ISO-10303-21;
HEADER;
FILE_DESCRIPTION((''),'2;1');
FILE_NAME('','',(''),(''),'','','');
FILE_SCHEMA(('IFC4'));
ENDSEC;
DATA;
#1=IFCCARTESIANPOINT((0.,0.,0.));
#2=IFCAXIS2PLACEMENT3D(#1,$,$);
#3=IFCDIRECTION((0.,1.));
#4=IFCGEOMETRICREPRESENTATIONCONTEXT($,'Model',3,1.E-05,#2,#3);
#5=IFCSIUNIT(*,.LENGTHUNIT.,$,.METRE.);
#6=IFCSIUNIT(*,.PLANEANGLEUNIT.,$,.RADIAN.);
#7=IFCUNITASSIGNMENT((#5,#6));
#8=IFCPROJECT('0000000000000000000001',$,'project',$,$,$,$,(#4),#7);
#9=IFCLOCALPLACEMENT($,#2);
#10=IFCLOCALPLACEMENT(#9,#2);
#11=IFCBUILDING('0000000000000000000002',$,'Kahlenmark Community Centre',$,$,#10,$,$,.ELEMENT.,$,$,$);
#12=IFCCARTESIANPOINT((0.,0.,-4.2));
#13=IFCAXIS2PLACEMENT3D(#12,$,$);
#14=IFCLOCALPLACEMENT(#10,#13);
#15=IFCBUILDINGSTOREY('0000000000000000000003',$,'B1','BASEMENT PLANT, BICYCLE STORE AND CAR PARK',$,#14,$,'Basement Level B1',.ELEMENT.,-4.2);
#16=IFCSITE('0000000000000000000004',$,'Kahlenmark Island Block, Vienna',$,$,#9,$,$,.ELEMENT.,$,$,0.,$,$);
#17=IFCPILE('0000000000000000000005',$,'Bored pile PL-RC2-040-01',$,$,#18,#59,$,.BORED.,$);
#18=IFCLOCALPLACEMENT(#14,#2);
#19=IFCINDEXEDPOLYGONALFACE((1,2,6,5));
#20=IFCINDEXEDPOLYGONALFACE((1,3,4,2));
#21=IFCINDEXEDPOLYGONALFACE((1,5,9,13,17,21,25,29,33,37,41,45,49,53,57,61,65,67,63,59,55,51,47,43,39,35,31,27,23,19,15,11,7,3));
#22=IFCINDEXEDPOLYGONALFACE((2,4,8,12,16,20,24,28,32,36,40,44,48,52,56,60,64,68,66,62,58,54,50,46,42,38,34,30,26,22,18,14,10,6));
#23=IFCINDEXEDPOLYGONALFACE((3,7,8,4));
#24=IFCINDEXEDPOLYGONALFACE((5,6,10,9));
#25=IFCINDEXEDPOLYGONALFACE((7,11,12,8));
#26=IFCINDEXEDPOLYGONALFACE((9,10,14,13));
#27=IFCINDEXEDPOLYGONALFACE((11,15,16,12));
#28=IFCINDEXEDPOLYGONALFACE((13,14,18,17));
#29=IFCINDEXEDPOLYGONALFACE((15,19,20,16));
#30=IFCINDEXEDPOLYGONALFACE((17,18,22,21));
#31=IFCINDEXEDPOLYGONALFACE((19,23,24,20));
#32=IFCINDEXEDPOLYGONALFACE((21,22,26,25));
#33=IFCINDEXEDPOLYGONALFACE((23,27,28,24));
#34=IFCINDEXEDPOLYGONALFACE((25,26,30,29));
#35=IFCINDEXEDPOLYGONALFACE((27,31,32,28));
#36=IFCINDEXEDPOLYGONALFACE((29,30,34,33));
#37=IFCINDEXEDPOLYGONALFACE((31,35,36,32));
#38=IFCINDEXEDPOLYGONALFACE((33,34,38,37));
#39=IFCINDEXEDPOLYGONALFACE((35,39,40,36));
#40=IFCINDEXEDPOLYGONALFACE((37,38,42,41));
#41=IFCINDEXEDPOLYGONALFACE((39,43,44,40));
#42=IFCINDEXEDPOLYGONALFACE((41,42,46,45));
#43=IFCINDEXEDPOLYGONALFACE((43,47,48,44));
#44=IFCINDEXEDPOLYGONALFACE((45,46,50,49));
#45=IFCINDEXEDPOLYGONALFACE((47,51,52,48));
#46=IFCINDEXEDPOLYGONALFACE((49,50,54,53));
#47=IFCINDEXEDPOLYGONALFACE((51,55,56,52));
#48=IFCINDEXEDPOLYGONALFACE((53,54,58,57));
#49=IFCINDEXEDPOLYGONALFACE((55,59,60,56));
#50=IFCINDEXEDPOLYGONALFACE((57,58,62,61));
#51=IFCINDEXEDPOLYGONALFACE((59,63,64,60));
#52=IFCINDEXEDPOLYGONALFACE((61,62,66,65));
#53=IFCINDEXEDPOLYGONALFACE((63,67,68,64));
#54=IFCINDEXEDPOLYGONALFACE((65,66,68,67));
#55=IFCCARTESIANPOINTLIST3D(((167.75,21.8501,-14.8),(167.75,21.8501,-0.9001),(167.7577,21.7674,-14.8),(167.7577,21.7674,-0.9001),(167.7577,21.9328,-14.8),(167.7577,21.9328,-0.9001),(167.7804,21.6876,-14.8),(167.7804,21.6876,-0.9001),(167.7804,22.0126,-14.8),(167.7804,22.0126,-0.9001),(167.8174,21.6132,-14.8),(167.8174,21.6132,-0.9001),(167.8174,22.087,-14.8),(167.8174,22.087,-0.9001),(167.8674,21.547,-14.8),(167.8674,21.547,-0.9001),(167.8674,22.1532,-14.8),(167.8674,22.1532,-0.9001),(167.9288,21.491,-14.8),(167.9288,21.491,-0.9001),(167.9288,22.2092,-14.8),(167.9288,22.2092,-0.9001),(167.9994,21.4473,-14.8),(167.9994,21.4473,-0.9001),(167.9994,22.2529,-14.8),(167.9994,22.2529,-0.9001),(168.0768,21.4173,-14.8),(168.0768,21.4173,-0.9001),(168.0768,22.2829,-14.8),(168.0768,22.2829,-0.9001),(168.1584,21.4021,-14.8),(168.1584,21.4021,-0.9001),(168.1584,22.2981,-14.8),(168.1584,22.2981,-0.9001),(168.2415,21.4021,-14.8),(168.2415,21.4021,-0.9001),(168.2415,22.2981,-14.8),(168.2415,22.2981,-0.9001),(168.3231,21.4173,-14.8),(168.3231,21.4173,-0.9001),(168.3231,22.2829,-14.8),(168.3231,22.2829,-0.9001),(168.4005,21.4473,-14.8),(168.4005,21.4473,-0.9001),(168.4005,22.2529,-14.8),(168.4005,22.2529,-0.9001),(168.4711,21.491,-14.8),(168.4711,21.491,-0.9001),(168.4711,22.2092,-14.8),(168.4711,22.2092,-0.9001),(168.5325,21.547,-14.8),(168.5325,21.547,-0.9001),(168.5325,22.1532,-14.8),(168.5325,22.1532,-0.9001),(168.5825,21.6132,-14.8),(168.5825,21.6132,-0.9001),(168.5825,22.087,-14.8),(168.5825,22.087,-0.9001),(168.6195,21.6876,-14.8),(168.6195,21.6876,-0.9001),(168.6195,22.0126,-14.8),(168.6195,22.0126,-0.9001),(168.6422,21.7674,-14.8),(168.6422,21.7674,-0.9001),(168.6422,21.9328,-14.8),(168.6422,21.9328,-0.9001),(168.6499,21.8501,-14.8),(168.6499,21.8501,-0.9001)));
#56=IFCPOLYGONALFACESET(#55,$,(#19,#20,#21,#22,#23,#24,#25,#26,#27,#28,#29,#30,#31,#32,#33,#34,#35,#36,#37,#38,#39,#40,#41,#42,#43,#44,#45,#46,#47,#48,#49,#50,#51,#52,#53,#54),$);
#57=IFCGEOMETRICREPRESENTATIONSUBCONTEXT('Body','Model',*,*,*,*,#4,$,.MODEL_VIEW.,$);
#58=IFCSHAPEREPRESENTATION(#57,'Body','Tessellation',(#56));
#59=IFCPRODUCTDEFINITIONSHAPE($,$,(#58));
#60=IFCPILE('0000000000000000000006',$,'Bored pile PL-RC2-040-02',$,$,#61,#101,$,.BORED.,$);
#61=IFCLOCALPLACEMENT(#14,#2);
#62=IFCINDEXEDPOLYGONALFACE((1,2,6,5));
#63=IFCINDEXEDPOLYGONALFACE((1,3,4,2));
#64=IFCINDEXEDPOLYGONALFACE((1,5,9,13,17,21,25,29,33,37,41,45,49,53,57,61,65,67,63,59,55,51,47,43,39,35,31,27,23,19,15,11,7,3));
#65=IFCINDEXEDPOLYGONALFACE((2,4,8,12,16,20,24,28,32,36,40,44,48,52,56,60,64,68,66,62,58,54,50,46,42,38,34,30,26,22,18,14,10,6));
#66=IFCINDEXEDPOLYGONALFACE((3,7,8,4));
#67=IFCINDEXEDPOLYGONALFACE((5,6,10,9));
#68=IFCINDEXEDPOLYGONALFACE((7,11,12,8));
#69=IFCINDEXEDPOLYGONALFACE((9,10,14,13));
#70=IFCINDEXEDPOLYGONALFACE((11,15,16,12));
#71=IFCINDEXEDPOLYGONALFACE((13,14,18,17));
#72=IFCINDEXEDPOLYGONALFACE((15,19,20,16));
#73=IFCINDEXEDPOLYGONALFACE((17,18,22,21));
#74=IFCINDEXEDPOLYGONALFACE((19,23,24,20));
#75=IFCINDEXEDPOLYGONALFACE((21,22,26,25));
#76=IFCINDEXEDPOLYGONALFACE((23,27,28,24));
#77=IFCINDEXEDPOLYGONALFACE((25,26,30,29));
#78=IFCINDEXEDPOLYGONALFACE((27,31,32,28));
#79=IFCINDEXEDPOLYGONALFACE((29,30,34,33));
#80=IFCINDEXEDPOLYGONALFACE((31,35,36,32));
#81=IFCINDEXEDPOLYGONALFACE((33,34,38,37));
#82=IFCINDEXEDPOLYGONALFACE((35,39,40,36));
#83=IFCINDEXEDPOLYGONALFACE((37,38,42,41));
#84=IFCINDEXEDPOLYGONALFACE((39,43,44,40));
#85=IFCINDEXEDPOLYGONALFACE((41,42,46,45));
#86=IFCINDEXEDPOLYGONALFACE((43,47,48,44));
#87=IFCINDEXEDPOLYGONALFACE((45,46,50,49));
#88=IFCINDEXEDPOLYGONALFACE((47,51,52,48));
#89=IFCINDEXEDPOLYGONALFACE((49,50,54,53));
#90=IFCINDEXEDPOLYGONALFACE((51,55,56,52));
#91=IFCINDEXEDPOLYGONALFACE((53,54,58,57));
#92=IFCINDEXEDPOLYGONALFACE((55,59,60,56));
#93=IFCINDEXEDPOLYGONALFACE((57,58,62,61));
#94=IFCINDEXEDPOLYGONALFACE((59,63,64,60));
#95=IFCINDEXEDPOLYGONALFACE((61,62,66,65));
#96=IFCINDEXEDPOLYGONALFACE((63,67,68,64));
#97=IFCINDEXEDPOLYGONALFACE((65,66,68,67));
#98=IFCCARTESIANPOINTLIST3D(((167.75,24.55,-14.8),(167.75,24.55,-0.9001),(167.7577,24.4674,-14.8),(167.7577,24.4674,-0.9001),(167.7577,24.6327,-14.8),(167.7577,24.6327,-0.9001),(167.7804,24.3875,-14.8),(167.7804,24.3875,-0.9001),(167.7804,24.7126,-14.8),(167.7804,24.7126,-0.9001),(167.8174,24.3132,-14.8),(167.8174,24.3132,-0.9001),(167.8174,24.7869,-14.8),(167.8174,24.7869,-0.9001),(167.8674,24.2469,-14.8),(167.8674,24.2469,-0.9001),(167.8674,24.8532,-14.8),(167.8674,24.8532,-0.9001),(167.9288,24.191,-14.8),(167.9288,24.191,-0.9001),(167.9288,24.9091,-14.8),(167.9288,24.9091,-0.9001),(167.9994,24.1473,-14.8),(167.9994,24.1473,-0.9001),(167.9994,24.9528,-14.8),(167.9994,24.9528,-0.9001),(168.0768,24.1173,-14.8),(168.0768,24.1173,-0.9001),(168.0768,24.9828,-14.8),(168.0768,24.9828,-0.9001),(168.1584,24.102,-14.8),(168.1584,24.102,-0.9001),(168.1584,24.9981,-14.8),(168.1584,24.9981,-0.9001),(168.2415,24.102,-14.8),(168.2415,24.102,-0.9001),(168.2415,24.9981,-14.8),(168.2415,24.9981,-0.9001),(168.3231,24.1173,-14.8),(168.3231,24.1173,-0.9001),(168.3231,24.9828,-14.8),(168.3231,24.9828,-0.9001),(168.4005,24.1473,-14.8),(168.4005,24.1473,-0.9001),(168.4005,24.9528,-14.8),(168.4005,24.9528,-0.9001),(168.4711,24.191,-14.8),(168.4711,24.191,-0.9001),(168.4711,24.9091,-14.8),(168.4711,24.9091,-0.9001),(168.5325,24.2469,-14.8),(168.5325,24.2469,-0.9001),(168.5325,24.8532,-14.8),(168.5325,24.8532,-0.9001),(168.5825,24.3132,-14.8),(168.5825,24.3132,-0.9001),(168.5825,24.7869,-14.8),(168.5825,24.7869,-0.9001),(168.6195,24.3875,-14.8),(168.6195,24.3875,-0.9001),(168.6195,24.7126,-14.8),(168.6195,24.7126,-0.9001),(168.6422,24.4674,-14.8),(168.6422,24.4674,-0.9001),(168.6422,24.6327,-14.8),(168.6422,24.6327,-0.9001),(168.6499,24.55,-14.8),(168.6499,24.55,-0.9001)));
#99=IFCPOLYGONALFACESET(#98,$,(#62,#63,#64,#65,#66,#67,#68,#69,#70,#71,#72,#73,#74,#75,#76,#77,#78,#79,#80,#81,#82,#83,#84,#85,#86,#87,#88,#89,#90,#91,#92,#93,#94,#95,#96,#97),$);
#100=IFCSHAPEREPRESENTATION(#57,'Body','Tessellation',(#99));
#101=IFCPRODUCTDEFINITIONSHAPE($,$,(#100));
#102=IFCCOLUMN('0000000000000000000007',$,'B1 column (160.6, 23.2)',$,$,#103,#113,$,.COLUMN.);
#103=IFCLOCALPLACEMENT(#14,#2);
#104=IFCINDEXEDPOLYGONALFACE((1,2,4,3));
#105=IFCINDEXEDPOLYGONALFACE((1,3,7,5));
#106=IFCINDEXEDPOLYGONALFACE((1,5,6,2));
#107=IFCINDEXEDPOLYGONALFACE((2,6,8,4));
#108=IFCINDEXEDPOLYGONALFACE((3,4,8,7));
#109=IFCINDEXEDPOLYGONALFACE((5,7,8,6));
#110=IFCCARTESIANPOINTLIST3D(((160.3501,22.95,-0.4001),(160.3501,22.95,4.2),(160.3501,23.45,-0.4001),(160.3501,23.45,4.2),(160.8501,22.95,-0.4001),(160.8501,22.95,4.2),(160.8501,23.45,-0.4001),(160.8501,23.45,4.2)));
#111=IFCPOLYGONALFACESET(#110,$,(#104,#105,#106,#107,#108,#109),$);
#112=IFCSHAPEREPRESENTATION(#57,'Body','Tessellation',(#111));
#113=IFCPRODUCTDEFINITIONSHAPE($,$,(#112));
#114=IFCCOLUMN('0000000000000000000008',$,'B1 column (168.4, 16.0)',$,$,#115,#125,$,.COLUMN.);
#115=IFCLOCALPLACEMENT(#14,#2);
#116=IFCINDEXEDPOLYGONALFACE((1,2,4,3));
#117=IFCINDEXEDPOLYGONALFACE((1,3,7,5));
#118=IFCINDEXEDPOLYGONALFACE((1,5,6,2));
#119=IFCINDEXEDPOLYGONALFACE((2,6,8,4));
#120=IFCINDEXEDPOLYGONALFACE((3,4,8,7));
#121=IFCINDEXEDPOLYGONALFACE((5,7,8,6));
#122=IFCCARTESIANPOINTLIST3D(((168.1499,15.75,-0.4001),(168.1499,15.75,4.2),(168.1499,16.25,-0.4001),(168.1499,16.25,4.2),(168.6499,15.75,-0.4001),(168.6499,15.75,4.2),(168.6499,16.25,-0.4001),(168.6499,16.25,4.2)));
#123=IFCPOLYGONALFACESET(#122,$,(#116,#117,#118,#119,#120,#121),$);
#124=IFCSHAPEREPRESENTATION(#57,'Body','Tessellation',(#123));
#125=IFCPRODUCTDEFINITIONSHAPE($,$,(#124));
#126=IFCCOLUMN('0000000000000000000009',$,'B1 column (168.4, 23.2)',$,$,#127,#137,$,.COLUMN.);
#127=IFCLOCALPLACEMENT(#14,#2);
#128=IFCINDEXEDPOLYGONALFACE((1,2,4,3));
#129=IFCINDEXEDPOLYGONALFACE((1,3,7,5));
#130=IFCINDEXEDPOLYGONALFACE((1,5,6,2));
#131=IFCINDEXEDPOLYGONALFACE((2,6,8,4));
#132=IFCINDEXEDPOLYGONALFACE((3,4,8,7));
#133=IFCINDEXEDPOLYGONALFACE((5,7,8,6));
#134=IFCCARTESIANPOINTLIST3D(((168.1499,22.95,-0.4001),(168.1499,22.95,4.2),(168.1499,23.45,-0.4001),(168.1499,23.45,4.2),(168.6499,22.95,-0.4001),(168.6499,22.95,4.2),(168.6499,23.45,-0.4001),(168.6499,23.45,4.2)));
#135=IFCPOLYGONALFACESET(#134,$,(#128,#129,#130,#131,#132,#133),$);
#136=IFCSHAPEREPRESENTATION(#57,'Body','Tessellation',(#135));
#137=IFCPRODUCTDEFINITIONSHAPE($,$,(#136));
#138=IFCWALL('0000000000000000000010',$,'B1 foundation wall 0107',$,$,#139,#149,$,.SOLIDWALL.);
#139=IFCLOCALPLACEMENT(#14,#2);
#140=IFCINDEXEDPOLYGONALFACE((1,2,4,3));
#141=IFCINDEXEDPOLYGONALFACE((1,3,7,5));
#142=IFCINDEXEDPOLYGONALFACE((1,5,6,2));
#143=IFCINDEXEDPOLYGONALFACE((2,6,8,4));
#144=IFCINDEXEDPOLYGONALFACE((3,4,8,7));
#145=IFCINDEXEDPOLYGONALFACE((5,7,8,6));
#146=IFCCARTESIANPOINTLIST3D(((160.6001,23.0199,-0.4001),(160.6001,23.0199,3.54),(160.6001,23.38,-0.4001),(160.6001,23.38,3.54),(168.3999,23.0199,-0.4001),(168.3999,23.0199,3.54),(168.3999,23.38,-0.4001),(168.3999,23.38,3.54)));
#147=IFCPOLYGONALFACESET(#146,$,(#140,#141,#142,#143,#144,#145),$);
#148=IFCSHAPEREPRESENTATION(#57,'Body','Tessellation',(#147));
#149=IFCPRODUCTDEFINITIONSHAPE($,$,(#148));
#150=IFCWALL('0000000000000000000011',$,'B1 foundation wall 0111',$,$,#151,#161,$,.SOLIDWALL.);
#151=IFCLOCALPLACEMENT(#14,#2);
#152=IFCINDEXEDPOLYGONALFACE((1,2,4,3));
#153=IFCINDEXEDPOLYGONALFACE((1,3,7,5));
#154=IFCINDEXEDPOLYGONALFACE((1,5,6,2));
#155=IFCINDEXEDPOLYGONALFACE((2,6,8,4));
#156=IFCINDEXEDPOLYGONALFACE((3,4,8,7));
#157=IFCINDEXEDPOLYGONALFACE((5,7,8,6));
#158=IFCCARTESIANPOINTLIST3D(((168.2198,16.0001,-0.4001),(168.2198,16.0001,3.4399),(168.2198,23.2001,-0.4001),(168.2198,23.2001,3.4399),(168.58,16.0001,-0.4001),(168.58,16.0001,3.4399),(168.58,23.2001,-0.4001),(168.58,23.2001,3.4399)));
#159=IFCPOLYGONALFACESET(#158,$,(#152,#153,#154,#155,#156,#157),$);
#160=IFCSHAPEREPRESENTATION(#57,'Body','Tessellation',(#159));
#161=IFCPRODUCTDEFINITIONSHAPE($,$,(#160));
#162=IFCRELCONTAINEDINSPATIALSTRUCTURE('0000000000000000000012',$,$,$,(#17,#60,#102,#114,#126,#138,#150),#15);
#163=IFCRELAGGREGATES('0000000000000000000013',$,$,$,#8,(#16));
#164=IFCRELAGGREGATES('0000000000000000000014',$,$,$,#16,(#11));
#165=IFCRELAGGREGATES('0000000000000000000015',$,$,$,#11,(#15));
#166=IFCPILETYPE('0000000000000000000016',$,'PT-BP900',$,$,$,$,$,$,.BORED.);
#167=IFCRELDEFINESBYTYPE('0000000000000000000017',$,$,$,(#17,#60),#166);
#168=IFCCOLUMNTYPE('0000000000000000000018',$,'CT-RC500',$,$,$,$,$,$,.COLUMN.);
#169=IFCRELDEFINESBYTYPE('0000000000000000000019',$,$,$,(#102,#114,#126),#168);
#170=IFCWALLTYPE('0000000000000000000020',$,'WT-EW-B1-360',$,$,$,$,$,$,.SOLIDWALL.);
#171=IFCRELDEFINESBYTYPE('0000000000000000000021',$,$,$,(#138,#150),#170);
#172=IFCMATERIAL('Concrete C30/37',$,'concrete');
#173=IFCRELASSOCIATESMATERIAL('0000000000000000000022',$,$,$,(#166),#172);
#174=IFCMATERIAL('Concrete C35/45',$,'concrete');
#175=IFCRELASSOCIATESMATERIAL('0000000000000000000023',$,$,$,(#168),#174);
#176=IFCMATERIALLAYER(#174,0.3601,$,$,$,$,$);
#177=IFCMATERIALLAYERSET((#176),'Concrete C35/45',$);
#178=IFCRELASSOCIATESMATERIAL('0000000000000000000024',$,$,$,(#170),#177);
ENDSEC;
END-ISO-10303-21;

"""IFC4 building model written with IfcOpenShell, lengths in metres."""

from ifc_helpers import new_model, si_unit, direction, frame, frame_2d, origin, origin_2d, place, context, subcontext, project, spatial, rectangle, circle, extrude, material, layer, layer_set, material_profile, profile_set, type_object, element, save


model = new_model("IFC4")

# Units and contexts
model_context = context("Model", 3, precision=1e-05, world=origin(), true_north=direction((0.0, 1.0)))
body_context = subcontext(model_context, "Body", "Model", "MODEL_VIEW")
ifc_project = project(units=[si_unit("LENGTHUNIT", "METRE"), si_unit("PLANEANGLEUNIT", "RADIAN")], contexts=[model_context])

# Site, building, storey
site_placement = place(None, origin())
site = spatial("IfcSite", under=ifc_project, at=site_placement, Name="Kahlenmark Island Block, Vienna", CompositionType="ELEMENT", RefElevation=0.0)
building_placement = place(site_placement, origin())
building = spatial("IfcBuilding", under=site, at=building_placement, Name="Kahlenmark Community Centre", CompositionType="ELEMENT")
storey_placement = place(building_placement, frame((0.0, 0.0, -4.2)))
storey = spatial("IfcBuildingStorey", under=building, at=storey_placement, Name="B1", Description="BASEMENT PLANT, BICYCLE STORE AND CAR PARK", LongName="Basement Level B1", CompositionType="ELEMENT", Elevation=-4.2)

# Shared definitions
ifc_material_1 = material(Name="Concrete C30/37", Category="concrete")

# Piles
ifc_material_profile_1 = material_profile(ifc_material_1, circle(Radius=0.45, at=origin_2d()), Name="BORED PILE 900")
ifc_profile_set_1 = profile_set([ifc_material_profile_1], Name="Concrete C30/37")
pile_type = type_object("IfcPileType", Name="PT-BP900", PredefinedType="BORED", material=ifc_profile_set_1)
for number, where, z_axis, x_axis, name in (
    (1, (168.2, 21.8501, -0.9001), (0.0, 0.0, -1.0), (1.0, 0.0, 0.0), "Bored pile PL-RC2-040-01"),
    (2, (168.2, 24.55, -0.9001), (0.0, 0.0, -1.0), (1.0, 0.0, 0.0), "Bored pile PL-RC2-040-02"),
):
    element("IfcPile", number, at=place(storey_placement, frame(where, z_axis=z_axis, x_axis=x_axis)), inside=storey, type_object=pile_type, Name=name, PredefinedType="BORED", context=body_context, shape_type="SweptSolid", body=[
        extrude(circle(Radius=0.45, at=origin_2d()), origin(), (0.0, 0.0, 1.0), 13.8999),
    ])

# Columns
ifc_material_2 = material(Name="Concrete C35/45", Category="concrete")
ifc_material_profile_2 = material_profile(ifc_material_2, rectangle(XDim=0.5, YDim=0.5, at=origin_2d()), Name="RC 500x500")
ifc_profile_set_2 = profile_set([ifc_material_profile_2], Name="Concrete C35/45")
column_type = type_object("IfcColumnType", Name="CT-RC500", PredefinedType="COLUMN", material=ifc_profile_set_2)
for number, where, z_axis, x_axis, name in (
    (3, (160.6001, 23.2, -0.4001), (0.0, 0.0, 1.0), (1.0, 0.0, 0.0), "B1 column (160.6, 23.2)"),
    (4, (168.3999, 16.0, -0.4001), (0.0, 0.0, 1.0), (1.0, 0.0, 0.0), "B1 column (168.4, 16.0)"),
    (5, (168.3999, 23.2, -0.4001), (0.0, 0.0, 1.0), (1.0, 0.0, 0.0), "B1 column (168.4, 23.2)"),
):
    element("IfcColumn", number, at=place(storey_placement, frame(where, z_axis=z_axis, x_axis=x_axis)), inside=storey, type_object=column_type, Name=name, PredefinedType="COLUMN", context=body_context, shape_type="SweptSolid", body=[
        extrude(rectangle(XDim=0.5, YDim=0.5, at=origin_2d()), origin(), (0.0, 0.0, 1.0), 4.6001),
    ])

# Walls
ifc_layer = layer(ifc_material_2, 0.3601)
ifc_layer_set = layer_set([ifc_layer], Name="Concrete C35/45")
wall_type = type_object("IfcWallType", Name="WT-EW-B1-360", PredefinedType="SOLIDWALL", material=ifc_layer_set)
wall_1_placement = place(storey_placement, frame((160.6001, 23.2, -0.4001), z_axis=(0.0, 0.0, 1.0), x_axis=(1.0, 0.0, 0.0)))
element("IfcWall", 6, at=wall_1_placement, inside=storey, type_object=wall_type, Name="B1 foundation wall 0107", PredefinedType="SOLIDWALL", context=body_context, shape_type="SweptSolid", body=[
    extrude(rectangle(XDim=7.7998, YDim=0.3601, at=frame_2d((3.8999, 0.0))), origin(), (0.0, 0.0, 1.0), 3.9402),
])
wall_2_placement = place(storey_placement, frame((168.3999, 16.0, -0.4001), z_axis=(0.0, 0.0, 1.0), x_axis=(0.0, 1.0, 0.0)))
element("IfcWall", 7, at=wall_2_placement, inside=storey, type_object=wall_type, Name="B1 foundation wall 0111", PredefinedType="SOLIDWALL", context=body_context, shape_type="SweptSolid", body=[
    extrude(rectangle(XDim=7.2, YDim=0.3601, at=frame_2d((3.6001, 0.0))), origin(), (0.0, 0.0, 1.0), 3.8401),
])

save(model, "model.ifc")
